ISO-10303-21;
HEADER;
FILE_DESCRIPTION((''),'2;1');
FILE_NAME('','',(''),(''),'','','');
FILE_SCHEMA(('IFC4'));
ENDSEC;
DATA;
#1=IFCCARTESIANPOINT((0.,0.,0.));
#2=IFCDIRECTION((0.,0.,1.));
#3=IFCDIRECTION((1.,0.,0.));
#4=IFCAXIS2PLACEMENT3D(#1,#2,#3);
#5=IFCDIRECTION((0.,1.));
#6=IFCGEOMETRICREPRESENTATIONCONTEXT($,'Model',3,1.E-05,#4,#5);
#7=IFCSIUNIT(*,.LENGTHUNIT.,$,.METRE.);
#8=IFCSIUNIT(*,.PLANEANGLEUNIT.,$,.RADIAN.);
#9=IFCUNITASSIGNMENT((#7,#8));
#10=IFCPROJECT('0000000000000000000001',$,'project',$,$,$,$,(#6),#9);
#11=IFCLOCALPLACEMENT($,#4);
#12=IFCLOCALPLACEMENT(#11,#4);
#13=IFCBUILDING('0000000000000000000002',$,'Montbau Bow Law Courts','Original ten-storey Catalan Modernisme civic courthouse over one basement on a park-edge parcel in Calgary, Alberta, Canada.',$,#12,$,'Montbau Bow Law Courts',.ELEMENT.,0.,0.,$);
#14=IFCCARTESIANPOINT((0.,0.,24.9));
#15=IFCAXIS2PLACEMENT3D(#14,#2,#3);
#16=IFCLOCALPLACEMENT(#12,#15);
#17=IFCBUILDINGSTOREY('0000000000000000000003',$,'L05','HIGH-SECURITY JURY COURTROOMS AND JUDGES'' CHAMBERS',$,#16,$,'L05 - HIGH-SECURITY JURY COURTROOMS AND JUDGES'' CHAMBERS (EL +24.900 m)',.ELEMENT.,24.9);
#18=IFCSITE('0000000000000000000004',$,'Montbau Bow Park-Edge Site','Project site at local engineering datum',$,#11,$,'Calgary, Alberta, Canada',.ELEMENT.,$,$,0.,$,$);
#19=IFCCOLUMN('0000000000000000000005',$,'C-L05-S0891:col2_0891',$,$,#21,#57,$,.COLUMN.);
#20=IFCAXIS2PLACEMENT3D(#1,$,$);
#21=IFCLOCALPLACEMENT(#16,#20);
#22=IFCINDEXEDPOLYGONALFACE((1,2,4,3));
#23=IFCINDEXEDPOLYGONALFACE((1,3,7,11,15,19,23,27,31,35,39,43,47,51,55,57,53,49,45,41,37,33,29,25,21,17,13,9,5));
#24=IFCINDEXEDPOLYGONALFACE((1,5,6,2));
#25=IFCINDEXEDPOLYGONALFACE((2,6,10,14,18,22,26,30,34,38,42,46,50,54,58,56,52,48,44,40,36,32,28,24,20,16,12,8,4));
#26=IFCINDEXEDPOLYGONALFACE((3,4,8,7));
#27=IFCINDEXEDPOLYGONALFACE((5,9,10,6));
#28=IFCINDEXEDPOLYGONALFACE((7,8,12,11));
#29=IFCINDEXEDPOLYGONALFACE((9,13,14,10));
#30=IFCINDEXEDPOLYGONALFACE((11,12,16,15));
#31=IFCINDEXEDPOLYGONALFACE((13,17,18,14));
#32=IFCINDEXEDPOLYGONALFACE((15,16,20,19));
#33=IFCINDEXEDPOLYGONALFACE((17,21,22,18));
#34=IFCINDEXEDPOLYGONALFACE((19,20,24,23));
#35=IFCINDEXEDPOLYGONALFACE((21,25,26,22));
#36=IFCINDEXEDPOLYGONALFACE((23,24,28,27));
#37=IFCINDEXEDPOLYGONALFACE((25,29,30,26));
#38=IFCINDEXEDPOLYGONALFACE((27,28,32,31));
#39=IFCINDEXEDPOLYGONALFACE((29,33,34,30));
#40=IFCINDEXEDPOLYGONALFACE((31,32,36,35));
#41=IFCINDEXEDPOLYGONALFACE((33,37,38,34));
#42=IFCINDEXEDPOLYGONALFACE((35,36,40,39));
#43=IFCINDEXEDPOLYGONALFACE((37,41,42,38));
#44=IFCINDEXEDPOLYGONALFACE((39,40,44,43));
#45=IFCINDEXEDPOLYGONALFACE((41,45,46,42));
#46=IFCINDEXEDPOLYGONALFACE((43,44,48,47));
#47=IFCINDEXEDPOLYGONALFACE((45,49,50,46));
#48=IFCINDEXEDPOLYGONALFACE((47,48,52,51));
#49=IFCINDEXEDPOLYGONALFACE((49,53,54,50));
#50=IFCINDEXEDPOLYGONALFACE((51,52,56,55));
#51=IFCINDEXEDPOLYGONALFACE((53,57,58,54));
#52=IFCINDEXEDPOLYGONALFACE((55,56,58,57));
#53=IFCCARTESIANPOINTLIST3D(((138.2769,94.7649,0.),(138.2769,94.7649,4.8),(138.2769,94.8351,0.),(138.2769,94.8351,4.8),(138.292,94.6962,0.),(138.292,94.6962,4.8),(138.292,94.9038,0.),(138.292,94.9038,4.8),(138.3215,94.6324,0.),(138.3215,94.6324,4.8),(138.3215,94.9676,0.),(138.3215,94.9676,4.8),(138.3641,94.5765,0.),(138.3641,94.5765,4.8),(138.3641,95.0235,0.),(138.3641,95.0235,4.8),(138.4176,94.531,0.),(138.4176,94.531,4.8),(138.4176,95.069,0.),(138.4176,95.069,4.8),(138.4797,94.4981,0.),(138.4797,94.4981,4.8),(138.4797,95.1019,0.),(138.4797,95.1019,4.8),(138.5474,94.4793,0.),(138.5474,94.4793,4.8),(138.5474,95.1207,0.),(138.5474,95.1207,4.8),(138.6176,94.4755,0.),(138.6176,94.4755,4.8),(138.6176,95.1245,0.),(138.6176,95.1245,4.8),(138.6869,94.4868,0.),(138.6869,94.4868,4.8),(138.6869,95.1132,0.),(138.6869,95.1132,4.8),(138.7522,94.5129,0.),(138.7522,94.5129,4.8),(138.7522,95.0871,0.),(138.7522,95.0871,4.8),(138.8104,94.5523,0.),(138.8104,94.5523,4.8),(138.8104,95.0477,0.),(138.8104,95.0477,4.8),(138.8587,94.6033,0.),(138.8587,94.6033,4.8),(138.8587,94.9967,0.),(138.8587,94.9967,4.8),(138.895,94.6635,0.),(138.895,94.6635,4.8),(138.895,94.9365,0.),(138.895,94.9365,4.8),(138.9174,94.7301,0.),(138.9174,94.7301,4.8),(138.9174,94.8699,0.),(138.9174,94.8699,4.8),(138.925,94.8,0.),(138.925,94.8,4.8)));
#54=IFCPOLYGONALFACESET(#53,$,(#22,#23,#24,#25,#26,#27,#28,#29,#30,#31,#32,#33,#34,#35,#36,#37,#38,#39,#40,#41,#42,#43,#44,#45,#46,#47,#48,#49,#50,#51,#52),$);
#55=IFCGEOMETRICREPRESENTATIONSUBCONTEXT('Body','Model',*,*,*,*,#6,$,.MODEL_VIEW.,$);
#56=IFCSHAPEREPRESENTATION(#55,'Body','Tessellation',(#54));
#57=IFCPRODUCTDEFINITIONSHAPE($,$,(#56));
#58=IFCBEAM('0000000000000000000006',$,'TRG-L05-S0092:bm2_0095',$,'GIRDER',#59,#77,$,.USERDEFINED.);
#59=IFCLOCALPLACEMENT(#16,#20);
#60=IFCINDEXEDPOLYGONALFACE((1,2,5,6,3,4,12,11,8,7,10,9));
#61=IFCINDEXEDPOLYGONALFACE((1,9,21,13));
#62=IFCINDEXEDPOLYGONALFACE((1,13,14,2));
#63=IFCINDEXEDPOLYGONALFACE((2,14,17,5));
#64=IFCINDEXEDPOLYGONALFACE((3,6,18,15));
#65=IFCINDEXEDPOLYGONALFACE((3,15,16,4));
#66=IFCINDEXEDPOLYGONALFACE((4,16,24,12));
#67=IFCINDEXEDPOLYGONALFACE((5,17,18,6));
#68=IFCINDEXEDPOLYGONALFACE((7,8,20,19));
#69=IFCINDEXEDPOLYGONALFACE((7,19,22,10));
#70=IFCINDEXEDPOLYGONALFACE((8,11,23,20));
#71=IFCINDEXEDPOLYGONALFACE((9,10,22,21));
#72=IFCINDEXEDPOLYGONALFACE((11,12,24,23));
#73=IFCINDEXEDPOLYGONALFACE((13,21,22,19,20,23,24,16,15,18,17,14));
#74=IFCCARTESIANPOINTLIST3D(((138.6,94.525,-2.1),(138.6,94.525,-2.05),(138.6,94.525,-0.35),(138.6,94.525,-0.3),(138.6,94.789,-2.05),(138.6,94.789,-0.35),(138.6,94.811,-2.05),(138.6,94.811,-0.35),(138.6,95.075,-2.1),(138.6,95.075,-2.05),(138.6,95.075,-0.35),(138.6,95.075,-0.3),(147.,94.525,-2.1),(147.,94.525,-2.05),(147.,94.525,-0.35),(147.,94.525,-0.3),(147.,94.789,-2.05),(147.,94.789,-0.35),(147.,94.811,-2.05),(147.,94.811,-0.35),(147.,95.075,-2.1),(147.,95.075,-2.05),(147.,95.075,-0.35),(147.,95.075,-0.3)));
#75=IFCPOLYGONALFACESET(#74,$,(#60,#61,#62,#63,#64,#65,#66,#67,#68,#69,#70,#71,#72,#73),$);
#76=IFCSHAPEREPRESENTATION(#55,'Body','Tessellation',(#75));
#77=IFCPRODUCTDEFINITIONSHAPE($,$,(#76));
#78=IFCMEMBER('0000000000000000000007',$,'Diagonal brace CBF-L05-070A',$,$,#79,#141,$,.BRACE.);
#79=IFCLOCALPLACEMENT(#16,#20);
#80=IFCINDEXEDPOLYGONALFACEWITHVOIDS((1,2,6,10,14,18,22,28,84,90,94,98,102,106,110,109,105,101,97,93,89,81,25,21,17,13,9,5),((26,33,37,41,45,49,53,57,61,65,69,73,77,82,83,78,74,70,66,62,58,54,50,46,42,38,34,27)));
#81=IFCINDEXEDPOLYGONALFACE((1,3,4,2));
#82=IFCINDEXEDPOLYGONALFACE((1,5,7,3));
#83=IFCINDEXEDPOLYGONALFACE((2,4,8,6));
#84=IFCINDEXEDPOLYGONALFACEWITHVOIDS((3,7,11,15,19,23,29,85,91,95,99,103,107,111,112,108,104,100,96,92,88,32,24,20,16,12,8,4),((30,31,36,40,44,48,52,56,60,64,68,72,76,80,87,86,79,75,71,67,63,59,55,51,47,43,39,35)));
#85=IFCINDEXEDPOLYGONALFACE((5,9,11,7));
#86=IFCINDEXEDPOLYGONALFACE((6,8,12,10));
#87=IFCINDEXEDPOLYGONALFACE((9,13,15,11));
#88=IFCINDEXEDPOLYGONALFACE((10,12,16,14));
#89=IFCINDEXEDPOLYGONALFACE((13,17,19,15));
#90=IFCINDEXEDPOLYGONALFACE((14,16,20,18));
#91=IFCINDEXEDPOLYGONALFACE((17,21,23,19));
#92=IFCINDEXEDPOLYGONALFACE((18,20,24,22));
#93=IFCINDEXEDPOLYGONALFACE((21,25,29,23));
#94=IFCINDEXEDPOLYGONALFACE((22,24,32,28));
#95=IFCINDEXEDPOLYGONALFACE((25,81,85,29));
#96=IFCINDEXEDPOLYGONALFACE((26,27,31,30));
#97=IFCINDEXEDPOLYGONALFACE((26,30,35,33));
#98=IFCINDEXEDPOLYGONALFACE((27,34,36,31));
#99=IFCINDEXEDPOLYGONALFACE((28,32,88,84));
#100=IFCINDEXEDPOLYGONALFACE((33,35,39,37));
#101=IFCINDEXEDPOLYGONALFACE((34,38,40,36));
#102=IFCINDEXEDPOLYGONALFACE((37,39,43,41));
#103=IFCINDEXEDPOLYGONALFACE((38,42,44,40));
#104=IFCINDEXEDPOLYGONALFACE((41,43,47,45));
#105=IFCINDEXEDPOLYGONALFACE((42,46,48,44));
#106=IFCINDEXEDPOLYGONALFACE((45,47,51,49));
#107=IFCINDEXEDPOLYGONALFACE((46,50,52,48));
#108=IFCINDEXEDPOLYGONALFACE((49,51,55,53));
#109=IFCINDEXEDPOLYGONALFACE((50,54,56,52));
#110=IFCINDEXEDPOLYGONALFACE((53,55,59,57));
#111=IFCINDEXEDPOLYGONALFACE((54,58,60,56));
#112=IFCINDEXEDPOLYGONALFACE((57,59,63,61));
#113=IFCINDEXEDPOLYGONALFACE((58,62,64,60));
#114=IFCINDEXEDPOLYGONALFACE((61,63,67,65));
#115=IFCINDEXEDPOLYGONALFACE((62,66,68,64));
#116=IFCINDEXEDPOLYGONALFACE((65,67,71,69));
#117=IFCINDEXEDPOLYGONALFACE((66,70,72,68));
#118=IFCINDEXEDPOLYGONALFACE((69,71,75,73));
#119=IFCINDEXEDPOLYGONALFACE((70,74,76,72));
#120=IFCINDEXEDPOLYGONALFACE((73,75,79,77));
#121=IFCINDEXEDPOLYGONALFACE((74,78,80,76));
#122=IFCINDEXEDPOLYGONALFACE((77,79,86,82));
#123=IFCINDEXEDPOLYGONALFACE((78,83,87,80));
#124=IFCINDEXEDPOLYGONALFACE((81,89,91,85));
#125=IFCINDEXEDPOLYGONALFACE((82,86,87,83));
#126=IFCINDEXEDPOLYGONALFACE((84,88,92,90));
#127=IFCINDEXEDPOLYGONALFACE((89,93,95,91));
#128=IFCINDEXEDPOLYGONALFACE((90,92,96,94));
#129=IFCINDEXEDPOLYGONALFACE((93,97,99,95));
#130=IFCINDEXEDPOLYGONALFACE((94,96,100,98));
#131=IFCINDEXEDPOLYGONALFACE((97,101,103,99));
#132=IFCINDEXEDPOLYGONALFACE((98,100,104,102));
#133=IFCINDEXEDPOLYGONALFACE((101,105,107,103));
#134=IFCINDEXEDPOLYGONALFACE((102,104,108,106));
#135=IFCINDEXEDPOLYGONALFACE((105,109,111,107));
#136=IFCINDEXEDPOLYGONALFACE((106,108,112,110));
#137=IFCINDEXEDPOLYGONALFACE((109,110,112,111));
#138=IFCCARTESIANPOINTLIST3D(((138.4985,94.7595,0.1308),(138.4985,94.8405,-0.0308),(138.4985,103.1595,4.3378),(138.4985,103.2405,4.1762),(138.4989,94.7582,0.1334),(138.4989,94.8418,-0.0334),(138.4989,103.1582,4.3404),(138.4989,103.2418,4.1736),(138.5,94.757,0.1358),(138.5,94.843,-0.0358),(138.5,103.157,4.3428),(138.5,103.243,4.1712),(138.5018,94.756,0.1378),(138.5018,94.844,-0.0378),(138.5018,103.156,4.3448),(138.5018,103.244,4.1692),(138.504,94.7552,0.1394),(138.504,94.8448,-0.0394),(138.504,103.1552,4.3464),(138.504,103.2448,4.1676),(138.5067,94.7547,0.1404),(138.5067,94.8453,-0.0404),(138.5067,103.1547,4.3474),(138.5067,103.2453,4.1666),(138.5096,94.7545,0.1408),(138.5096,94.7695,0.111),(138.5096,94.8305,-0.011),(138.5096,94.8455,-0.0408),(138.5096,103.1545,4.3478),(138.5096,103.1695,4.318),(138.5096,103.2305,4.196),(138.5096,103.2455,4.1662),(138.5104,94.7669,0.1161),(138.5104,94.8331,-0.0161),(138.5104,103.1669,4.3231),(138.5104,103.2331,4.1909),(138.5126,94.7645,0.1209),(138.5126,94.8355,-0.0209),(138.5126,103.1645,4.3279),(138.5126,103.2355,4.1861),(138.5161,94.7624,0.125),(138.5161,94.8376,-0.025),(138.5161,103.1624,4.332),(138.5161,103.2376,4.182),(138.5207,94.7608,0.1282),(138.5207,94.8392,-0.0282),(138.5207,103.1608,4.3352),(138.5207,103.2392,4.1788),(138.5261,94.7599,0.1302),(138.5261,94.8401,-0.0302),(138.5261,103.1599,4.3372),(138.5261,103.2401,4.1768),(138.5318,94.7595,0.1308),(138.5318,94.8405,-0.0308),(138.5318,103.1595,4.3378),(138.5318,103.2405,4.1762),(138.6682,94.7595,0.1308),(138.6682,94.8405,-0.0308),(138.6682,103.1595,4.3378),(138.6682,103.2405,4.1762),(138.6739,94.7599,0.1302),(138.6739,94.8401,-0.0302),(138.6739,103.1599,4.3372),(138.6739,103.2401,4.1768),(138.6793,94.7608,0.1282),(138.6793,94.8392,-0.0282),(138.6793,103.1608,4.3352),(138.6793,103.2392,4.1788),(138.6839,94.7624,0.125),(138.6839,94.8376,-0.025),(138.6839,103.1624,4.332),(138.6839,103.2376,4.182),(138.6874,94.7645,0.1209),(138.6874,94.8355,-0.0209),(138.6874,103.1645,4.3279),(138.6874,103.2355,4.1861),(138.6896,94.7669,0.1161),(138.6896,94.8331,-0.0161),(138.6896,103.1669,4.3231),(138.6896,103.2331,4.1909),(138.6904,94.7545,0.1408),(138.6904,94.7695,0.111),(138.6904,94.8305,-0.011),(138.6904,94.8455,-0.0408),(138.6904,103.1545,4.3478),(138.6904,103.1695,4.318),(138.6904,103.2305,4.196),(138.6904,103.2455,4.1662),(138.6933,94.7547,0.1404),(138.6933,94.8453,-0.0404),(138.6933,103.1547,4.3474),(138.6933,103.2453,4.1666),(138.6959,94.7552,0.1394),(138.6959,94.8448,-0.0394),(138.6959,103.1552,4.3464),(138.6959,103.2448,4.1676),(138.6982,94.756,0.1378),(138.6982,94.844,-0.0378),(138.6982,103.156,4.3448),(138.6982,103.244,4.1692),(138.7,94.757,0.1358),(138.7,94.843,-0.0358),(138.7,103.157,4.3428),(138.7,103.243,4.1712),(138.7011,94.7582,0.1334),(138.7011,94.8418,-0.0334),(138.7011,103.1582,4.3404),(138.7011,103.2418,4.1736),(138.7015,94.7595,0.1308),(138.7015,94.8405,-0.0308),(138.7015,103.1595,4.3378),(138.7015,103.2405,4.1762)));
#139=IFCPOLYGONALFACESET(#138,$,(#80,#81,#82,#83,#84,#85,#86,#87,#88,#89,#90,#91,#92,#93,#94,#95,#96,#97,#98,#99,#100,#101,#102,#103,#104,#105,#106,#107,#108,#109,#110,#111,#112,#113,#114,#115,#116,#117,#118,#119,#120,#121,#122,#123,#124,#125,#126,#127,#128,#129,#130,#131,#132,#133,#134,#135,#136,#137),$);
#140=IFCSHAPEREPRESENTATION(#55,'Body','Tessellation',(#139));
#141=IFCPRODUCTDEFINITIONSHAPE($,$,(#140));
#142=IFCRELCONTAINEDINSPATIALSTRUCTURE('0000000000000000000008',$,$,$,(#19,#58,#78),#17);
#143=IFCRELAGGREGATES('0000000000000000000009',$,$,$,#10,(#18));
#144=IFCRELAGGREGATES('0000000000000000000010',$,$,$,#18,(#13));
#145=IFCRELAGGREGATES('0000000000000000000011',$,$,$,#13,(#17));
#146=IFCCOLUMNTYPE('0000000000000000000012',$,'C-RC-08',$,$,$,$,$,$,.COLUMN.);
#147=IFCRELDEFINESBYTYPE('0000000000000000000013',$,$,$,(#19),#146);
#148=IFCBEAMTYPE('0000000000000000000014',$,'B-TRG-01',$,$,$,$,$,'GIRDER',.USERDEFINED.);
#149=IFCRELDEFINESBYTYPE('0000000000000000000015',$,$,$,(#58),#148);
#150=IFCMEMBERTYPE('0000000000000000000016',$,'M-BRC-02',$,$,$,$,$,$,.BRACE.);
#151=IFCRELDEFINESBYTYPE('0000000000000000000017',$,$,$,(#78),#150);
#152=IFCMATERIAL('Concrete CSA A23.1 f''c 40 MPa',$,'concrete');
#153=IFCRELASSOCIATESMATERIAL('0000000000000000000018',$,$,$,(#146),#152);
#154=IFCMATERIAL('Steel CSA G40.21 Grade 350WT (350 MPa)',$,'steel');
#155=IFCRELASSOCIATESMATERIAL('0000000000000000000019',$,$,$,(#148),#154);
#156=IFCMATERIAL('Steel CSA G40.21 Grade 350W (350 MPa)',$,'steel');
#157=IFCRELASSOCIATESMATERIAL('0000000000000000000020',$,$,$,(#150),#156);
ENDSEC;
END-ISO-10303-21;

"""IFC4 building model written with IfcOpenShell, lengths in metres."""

from ifc_helpers import new_model, si_unit, direction, frame, origin_with_axes, origin_2d_with_axis, place, context, subcontext, project, spatial, hollow_rectangle, circle, i_section, extrude, material, material_profile, profile_set, type_object, element, save


model = new_model("IFC4")

# Units and contexts
model_context = context("Model", 3, precision=1e-05, world=origin_with_axes(), true_north=direction((0.0, 1.0)))
body_context = subcontext(model_context, "Body", "Model", "MODEL_VIEW")
ifc_project = project(units=[si_unit("LENGTHUNIT", "METRE"), si_unit("PLANEANGLEUNIT", "RADIAN")], contexts=[model_context])

# Site, building, storey
site_placement = place(None, origin_with_axes())
site = spatial("IfcSite", under=ifc_project, at=site_placement, Name="Montbau Bow Park-Edge Site", Description="Project site at local engineering datum", LongName="Calgary, Alberta, Canada", CompositionType="ELEMENT", RefElevation=0.0)
building_placement = place(site_placement, origin_with_axes())
building = spatial("IfcBuilding", under=site, at=building_placement, Name="Montbau Bow Law Courts", Description="Original ten-storey Catalan Modernisme civic courthouse over one basement on a park-edge parcel in Calgary, Alberta, Canada.", LongName="Montbau Bow Law Courts", CompositionType="ELEMENT", ElevationOfRefHeight=0.0, ElevationOfTerrain=0.0)
storey_placement = place(building_placement, frame((0.0, 0.0, 24.9), z_axis=(0.0, 0.0, 1.0), x_axis=(1.0, 0.0, 0.0)))
storey = spatial("IfcBuildingStorey", under=building, at=storey_placement, Name="L05", Description="HIGH-SECURITY JURY COURTROOMS AND JUDGES' CHAMBERS", LongName="L05 - HIGH-SECURITY JURY COURTROOMS AND JUDGES' CHAMBERS (EL +24.900 m)", CompositionType="ELEMENT", Elevation=24.9)

# Column
ifc_material_1 = material(Name="Concrete CSA A23.1 f'c 40 MPa", Category="concrete")
ifc_material_profile_1 = material_profile(ifc_material_1, circle(Radius=0.325, at=origin_2d_with_axis()), Name="RC650D", Category="Main", Priority=0)
ifc_profile_set_1 = profile_set([ifc_material_profile_1], Name="Concrete CSA A23.1 f'c 40 MPa")
column_type = type_object("IfcColumnType", Name="C-RC-08", PredefinedType="COLUMN", material=ifc_profile_set_1)
column_placement = place(None, frame((138.6, 94.8, 24.9), z_axis=(0.0, 0.0, 1.0), x_axis=(1.0, 0.0, 0.0)))
element("IfcColumn", 1, at=column_placement, inside=storey, type_object=column_type, Name="C-L05-S0891:col2_0891", PredefinedType="COLUMN", context=body_context, shape_type="SweptSolid", body=[
    extrude(circle(Radius=0.325, at=origin_2d_with_axis()), origin_with_axes(), (0.0, 0.0, 1.0), 4.8),
])

# Beam
ifc_material_2 = material(Name="Steel CSA G40.21 Grade 350WT (350 MPa)", Category="steel")
ifc_material_profile_2 = material_profile(ifc_material_2, i_section(OverallWidth=0.55, OverallDepth=1.8, WebThickness=0.022, FlangeThickness=0.05, at=origin_2d_with_axis()), Name="WWF1800X550", Category="Main", Priority=0)
ifc_profile_set_2 = profile_set([ifc_material_profile_2], Name="Steel CSA G40.21 Grade 350WT (350 MPa)")
beam_type = type_object("IfcBeamType", Name="B-TRG-01", ElementType="GIRDER", PredefinedType="USERDEFINED", material=ifc_profile_set_2)
beam_placement = place(None, frame((138.6, 94.8, 23.7), z_axis=(1.0, 0.0, 0.0), x_axis=(0.0, 1.0, 0.0)))
element("IfcBeam", 2, at=beam_placement, inside=storey, type_object=beam_type, Name="TRG-L05-S0092:bm2_0095", ObjectType="GIRDER", PredefinedType="USERDEFINED", context=body_context, shape_type="SweptSolid", body=[
    extrude(i_section(OverallWidth=0.55, OverallDepth=1.8, WebThickness=0.022, FlangeThickness=0.05, at=origin_2d_with_axis()), origin_with_axes(), (0.0, 0.0, 1.0), 8.4),
])

# Member
ifc_material_3 = material(Name="Steel CSA G40.21 Grade 350W (350 MPa)", Category="steel")
ifc_material_profile_3 = material_profile(ifc_material_3, hollow_rectangle(XDim=0.203, YDim=0.203, WallThickness=0.0111, InnerFilletRadius=0.0222, OuterFilletRadius=0.0111, at=origin_2d_with_axis()), Name="HSS203X203X11", Category="Main", Priority=0)
ifc_profile_set_3 = profile_set([ifc_material_profile_3], Name="Steel CSA G40.21 Grade 350W (350 MPa)")
member_type_1 = type_object("IfcMemberType", Name="M-BRC-02", PredefinedType="BRACE", material=ifc_profile_set_3)
member_1_placement = place(None, frame((138.6, 94.8, 24.95), z_axis=(0.0, 0.894129, 0.44781), x_axis=(-1.0, 0.0, 0.0)))
element("IfcMember", 3, at=member_1_placement, inside=storey, type_object=member_type_1, Name="Diagonal brace CBF-L05-070A", PredefinedType="BRACE", context=body_context, shape_type="SweptSolid", body=[
    extrude(hollow_rectangle(XDim=0.203, YDim=0.203, WallThickness=0.0111, InnerFilletRadius=0.0222, OuterFilletRadius=0.0111, at=origin_2d_with_axis()), origin_with_axes(), (0.0, 0.0, 1.0), 9.3946),
])

save(model, "model.ifc")
